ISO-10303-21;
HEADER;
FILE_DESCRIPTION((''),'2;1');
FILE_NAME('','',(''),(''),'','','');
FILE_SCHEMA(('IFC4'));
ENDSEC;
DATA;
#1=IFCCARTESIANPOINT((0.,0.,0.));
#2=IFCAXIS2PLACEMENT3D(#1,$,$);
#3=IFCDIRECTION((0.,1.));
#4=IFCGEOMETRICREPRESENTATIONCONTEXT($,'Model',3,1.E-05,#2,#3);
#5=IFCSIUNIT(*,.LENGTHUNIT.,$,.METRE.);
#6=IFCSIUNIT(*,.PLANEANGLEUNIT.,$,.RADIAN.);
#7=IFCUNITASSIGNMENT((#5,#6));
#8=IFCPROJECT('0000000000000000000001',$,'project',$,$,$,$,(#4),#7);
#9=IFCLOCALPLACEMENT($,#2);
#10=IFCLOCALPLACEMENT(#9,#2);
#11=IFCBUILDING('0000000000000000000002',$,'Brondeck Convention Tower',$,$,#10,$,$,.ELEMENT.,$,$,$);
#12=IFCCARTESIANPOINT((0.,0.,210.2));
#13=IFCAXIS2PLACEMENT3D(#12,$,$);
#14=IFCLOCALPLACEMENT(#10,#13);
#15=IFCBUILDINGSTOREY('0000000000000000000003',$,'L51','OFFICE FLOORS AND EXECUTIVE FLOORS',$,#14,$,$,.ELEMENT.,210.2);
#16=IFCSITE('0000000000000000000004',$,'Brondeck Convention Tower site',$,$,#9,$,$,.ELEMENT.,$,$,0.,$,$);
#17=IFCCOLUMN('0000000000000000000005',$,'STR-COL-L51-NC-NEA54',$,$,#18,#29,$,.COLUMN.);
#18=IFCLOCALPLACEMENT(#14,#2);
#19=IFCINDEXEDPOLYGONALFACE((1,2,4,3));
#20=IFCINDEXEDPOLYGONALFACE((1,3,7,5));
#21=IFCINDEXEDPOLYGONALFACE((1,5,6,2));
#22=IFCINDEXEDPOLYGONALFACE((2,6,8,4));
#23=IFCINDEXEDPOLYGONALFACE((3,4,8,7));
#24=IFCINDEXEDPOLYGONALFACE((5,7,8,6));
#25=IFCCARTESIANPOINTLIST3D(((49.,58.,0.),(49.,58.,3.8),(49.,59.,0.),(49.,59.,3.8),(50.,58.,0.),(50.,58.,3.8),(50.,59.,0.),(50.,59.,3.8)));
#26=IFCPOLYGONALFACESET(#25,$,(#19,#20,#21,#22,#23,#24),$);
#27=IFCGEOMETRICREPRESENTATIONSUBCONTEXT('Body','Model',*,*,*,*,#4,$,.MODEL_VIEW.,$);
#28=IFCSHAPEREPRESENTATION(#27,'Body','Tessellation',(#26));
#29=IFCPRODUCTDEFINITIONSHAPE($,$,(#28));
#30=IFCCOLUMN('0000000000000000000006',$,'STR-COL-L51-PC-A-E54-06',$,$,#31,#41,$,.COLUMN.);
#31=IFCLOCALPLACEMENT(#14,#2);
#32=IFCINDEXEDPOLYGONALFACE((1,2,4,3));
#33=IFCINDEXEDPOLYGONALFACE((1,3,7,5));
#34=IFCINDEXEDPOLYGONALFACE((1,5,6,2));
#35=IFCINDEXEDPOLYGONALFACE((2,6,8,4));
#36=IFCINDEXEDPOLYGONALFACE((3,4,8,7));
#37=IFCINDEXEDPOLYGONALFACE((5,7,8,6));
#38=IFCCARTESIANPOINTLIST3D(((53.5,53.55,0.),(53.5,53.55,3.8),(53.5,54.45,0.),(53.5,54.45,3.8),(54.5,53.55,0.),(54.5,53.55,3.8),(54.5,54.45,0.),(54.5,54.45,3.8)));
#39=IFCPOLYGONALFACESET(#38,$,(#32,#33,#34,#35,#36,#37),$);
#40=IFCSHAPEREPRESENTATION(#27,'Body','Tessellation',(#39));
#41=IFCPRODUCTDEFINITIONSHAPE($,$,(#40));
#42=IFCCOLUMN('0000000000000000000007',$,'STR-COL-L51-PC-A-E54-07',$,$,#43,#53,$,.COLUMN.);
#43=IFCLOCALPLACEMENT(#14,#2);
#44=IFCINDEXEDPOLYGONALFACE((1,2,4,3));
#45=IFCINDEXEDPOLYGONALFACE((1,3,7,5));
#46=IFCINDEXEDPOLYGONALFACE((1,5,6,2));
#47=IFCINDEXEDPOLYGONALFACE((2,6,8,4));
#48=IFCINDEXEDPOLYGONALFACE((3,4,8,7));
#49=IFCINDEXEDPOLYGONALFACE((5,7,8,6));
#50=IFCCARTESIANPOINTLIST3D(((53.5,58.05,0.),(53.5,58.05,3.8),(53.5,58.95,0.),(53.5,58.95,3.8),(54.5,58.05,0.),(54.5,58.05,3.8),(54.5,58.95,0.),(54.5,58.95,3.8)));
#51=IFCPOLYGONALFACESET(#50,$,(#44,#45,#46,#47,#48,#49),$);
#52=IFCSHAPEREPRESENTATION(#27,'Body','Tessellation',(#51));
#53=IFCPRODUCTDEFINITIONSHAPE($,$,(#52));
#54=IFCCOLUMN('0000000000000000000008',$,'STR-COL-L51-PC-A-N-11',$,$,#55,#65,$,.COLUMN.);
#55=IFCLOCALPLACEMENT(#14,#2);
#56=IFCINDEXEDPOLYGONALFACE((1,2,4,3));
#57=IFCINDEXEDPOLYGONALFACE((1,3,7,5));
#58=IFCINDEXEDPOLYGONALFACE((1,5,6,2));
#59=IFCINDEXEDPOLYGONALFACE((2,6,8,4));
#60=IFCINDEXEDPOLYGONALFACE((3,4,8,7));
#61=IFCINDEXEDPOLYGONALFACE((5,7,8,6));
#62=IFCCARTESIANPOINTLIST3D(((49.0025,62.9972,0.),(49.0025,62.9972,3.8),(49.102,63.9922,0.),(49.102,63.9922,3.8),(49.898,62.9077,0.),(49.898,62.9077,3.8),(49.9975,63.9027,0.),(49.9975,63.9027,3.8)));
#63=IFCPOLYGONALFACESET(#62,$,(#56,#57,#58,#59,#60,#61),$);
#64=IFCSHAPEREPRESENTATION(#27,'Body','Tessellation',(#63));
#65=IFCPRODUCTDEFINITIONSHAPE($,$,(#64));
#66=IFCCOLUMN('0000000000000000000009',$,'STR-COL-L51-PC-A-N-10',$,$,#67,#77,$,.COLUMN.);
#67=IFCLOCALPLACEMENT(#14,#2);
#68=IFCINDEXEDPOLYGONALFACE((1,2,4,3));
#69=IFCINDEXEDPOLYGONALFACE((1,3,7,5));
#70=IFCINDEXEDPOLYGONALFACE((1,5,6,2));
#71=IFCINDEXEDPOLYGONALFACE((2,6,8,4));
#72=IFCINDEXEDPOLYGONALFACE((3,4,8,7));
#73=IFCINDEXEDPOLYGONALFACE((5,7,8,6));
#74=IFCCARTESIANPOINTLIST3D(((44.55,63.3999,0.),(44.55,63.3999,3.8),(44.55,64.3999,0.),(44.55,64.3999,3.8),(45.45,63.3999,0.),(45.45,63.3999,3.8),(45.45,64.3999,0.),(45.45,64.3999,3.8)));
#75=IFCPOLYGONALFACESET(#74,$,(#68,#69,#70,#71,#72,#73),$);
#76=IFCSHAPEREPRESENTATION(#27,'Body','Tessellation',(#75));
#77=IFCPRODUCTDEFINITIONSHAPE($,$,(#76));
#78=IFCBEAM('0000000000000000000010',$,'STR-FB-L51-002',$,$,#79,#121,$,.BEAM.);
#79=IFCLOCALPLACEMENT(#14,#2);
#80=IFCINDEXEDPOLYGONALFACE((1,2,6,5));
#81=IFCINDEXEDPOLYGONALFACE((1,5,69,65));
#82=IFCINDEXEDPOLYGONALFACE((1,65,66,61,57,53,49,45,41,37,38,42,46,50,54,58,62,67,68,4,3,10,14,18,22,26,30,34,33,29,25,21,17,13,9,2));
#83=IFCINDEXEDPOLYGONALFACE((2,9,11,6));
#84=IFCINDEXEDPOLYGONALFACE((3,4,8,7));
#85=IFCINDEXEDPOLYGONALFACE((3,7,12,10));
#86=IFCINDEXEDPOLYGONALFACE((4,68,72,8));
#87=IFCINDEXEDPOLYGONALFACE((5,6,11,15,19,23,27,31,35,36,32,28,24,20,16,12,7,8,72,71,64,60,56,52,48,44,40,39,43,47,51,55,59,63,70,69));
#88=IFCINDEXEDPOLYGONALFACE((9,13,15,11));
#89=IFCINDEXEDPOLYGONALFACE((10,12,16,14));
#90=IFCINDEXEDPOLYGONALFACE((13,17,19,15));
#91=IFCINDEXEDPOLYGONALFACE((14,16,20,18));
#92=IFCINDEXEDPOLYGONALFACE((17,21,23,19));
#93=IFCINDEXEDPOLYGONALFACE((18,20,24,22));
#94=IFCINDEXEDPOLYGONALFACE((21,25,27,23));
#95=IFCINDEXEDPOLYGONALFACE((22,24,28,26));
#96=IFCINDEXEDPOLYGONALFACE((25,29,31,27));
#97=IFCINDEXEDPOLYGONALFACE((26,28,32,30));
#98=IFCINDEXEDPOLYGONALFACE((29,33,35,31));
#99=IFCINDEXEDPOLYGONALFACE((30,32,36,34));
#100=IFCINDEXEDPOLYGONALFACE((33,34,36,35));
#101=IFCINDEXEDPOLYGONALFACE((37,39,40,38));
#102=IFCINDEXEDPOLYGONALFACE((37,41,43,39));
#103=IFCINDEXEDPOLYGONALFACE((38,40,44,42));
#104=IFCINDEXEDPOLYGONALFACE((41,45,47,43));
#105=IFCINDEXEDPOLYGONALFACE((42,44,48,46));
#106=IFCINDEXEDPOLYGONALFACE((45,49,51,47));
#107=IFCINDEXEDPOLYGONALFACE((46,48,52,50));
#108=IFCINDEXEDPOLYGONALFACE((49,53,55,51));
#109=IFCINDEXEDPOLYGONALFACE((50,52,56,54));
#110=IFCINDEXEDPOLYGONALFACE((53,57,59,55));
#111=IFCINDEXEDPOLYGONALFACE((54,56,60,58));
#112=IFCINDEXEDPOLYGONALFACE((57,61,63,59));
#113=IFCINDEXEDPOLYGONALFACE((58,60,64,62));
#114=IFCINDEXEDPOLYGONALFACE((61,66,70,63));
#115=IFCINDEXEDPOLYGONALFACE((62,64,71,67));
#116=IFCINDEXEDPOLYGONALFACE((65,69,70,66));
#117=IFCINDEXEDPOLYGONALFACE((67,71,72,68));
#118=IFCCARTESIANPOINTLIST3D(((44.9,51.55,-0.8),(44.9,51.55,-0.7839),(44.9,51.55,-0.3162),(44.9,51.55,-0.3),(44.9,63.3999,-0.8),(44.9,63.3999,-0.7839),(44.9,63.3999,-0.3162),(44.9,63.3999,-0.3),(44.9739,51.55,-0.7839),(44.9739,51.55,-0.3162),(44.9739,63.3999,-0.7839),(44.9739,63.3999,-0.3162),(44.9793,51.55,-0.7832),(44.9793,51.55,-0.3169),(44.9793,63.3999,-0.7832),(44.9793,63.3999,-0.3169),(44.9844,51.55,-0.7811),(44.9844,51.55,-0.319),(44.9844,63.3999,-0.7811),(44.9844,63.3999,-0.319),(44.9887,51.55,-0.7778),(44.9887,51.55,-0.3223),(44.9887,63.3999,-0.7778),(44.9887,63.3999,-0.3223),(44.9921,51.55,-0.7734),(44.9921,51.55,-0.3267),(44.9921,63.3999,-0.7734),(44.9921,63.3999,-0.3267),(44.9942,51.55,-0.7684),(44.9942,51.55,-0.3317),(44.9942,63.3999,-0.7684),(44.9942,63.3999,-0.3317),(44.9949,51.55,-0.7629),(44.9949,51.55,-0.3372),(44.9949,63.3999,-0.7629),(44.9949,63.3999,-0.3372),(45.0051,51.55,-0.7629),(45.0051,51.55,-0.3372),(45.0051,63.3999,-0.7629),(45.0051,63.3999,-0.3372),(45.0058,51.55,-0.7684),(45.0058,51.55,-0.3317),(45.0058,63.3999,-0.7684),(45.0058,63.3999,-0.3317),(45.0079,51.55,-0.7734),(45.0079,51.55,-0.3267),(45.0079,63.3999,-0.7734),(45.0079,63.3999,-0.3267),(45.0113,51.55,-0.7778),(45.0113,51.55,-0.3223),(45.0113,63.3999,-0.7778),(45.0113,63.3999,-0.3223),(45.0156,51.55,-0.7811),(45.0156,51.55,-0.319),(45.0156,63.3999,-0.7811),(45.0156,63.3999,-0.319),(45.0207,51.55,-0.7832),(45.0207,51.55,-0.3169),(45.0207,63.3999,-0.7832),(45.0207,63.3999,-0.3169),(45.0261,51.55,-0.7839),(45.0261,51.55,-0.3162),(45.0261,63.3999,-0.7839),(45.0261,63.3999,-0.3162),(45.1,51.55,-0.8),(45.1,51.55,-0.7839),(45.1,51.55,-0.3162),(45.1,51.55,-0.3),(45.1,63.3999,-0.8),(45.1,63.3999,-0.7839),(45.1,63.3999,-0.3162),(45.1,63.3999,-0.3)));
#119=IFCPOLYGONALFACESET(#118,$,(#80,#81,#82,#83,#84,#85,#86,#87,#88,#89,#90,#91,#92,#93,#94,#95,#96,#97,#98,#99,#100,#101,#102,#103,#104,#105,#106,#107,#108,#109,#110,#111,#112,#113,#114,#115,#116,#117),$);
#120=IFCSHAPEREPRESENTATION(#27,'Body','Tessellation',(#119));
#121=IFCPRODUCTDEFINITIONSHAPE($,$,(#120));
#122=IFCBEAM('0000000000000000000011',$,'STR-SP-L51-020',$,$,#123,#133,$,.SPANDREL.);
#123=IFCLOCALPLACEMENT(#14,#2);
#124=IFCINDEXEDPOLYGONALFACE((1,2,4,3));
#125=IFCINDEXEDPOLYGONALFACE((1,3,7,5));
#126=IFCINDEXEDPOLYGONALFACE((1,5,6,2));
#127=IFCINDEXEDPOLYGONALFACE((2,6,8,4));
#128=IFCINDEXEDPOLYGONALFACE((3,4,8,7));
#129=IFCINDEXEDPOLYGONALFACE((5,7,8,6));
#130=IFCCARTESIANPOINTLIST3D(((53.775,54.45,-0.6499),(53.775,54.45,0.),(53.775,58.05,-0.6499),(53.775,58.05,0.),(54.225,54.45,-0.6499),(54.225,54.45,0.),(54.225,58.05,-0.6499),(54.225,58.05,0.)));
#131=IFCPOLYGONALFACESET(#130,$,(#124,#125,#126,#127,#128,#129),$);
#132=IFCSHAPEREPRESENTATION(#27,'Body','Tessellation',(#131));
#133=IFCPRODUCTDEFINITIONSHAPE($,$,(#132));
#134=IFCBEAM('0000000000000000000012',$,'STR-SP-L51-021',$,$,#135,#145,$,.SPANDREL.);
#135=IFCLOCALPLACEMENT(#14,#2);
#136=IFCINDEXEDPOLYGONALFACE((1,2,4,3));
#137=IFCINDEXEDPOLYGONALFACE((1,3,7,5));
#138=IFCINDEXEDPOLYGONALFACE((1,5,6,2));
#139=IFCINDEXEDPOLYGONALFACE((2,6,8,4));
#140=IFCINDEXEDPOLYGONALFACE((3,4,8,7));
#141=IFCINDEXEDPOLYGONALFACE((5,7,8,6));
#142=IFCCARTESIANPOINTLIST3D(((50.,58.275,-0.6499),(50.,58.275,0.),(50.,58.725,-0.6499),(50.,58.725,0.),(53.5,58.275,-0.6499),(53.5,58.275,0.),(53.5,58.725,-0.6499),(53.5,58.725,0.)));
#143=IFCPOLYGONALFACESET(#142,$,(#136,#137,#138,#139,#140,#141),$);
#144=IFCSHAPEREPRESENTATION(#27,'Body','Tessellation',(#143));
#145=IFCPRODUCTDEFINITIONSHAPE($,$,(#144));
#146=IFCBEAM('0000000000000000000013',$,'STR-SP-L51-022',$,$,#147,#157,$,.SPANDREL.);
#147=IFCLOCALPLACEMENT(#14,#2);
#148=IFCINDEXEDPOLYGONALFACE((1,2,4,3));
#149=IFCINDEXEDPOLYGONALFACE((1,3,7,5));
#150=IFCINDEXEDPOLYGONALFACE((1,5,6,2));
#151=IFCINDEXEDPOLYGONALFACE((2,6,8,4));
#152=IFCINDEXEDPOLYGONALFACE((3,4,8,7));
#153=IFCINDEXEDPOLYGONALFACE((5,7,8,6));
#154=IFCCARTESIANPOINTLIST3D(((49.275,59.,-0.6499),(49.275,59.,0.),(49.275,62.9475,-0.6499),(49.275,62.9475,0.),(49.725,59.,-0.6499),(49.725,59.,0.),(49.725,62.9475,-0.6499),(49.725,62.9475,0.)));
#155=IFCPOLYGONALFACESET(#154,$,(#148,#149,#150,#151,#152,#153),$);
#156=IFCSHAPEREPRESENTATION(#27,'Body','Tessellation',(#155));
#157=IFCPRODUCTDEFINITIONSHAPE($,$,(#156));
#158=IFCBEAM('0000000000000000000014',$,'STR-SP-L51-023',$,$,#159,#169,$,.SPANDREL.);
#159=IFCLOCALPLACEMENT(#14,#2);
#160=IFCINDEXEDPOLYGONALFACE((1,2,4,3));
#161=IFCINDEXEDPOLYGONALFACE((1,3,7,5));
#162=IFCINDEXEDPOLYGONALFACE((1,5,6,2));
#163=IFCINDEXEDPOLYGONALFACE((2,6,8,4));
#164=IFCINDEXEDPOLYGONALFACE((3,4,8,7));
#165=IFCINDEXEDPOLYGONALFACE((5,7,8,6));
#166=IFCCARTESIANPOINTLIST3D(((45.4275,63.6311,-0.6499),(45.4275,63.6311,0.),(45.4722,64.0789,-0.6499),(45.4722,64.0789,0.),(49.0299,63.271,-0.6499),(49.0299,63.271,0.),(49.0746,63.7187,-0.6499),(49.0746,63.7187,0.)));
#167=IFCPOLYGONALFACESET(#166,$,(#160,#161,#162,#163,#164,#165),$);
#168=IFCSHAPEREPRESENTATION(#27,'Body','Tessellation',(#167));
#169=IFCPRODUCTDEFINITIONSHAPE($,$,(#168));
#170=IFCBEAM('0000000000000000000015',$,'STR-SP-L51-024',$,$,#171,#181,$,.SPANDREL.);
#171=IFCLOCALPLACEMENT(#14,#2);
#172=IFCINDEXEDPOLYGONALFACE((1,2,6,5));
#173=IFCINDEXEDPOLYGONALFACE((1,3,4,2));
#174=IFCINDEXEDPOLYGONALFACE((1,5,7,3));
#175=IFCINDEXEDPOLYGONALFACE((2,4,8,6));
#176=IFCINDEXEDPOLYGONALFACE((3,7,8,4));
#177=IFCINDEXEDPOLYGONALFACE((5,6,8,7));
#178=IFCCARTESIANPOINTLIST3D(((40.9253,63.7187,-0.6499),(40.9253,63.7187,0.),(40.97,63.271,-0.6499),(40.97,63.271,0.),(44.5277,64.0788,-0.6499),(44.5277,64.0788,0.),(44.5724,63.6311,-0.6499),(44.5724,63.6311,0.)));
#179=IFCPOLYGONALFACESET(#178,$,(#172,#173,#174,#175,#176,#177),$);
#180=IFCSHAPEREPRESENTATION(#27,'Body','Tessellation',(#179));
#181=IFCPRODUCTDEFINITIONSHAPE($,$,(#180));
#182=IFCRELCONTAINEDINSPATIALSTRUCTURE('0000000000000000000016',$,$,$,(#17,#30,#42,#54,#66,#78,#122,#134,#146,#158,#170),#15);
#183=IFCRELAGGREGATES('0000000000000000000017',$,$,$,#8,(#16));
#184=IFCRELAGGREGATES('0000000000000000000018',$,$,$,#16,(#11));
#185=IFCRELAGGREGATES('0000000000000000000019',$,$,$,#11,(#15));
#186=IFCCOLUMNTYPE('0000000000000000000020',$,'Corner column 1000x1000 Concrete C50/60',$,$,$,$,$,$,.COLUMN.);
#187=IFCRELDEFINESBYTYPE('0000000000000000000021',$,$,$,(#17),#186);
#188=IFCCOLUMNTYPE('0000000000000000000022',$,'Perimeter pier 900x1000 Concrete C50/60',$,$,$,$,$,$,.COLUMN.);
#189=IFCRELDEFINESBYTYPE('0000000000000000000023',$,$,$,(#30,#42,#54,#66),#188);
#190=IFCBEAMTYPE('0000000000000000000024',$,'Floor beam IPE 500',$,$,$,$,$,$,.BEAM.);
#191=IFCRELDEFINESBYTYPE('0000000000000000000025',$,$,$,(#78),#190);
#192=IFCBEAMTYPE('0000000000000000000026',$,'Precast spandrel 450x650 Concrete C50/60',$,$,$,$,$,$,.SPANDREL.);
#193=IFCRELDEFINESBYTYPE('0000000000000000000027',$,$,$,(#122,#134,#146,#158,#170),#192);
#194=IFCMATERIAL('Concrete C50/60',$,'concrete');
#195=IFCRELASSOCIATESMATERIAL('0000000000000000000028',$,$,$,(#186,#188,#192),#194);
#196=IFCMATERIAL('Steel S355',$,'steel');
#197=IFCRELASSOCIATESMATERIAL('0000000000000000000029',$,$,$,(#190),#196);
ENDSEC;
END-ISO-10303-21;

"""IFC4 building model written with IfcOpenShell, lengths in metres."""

from ifc_helpers import new_model, si_unit, direction, frame, origin, origin_2d, place, context, subcontext, project, spatial, rectangle, i_section, extrude, material, material_profile, profile_set, type_object, element, save


model = new_model("IFC4")

# Units and contexts
model_context = context("Model", 3, precision=1e-05, world=origin(), true_north=direction((0.0, 1.0)))
body_context = subcontext(model_context, "Body", "Model", "MODEL_VIEW")
ifc_project = project(units=[si_unit("LENGTHUNIT", "METRE"), si_unit("PLANEANGLEUNIT", "RADIAN")], contexts=[model_context])

# Site, building, storey
site_placement = place(None, origin())
site = spatial("IfcSite", under=ifc_project, at=site_placement, Name="Brondeck Convention Tower site", CompositionType="ELEMENT", RefElevation=0.0)
building_placement = place(site_placement, origin())
building = spatial("IfcBuilding", under=site, at=building_placement, Name="Brondeck Convention Tower", CompositionType="ELEMENT")
storey_placement = place(building_placement, frame((0.0, 0.0, 210.2)))
storey = spatial("IfcBuildingStorey", under=building, at=storey_placement, Name="L51", Description="OFFICE FLOORS AND EXECUTIVE FLOORS", CompositionType="ELEMENT", Elevation=210.2)

# Columns
ifc_material_1 = material(Name="Concrete C50/60", Category="concrete")
ifc_material_profile_1 = material_profile(ifc_material_1, rectangle(XDim=1.0, YDim=1.0, at=origin_2d()), Name="Corner column 1000x1000 Concrete C50/60")
ifc_profile_set_1 = profile_set([ifc_material_profile_1], Name="Concrete C50/60")
column_type_1 = type_object("IfcColumnType", Name="Corner column 1000x1000 Concrete C50/60", PredefinedType="COLUMN", material=ifc_profile_set_1)
column_placement = place(storey_placement, frame((49.5, 58.5, 0.0), z_axis=(0.0, 0.0, 1.0), x_axis=(1.0, 0.0, 0.0)))
element("IfcColumn", 1, at=column_placement, inside=storey, type_object=column_type_1, Name="STR-COL-L51-NC-NEA54", PredefinedType="COLUMN", context=body_context, shape_type="SweptSolid", body=[
    extrude(rectangle(XDim=1.0, YDim=1.0, at=origin_2d()), origin(), (0.0, 0.0, 1.0), 3.8),
])
ifc_material_profile_2 = material_profile(ifc_material_1, rectangle(XDim=0.8999, YDim=1.0, at=origin_2d()), Name="Perimeter pier 900x1000 Concrete C50/60")
ifc_profile_set_2 = profile_set([ifc_material_profile_2], Name="Concrete C50/60")
column_type_2 = type_object("IfcColumnType", Name="Perimeter pier 900x1000 Concrete C50/60", PredefinedType="COLUMN", material=ifc_profile_set_2)
for number, where, z_axis, x_axis, name in (
    (2, (54.0, 54.0, 0.0), (0.0, 0.0, 1.0), (0.0, 1.0, 0.0), "STR-COL-L51-PC-A-E54-06"),
    (3, (54.0, 58.5, 0.0), (0.0, 0.0, 1.0), (0.0, 1.0, 0.0), "STR-COL-L51-PC-A-E54-07"),
    (4, (49.5, 63.45, 0.0), (0.0, 0.0, 1.0), (-0.995037, 0.099504, 0.0), "STR-COL-L51-PC-A-N-11"),
    (5, (45.0, 63.8999, 0.0), (0.0, 0.0, 1.0), (-1.0, 0.0, 0.0), "STR-COL-L51-PC-A-N-10"),
):
    element("IfcColumn", number, at=place(storey_placement, frame(where, z_axis=z_axis, x_axis=x_axis)), inside=storey, type_object=column_type_2, Name=name, PredefinedType="COLUMN", context=body_context, shape_type="SweptSolid", body=[
        extrude(rectangle(XDim=0.8999, YDim=1.0, at=origin_2d()), origin(), (0.0, 0.0, 1.0), 3.8),
    ])

# Beams
ifc_material_2 = material(Name="Steel S355", Category="steel")
ifc_material_profile_3 = material_profile(ifc_material_2, i_section(OverallWidth=0.2, OverallDepth=0.5, WebThickness=0.0103, FlangeThickness=0.0161, FilletRadius=0.021, at=origin_2d()), Name="IPE 500")
ifc_profile_set_3 = profile_set([ifc_material_profile_3], Name="Steel S355")
beam_type_1 = type_object("IfcBeamType", Name="Floor beam IPE 500", PredefinedType="BEAM", material=ifc_profile_set_3)
beam_1_placement = place(storey_placement, frame((45.0, 51.55, -0.55), z_axis=(0.0, 1.0, 0.0), x_axis=(-1.0, 0.0, 0.0)))
element("IfcBeam", 6, at=beam_1_placement, inside=storey, type_object=beam_type_1, Name="STR-FB-L51-002", PredefinedType="BEAM", context=body_context, shape_type="SweptSolid", body=[
    extrude(i_section(OverallWidth=0.2, OverallDepth=0.5, WebThickness=0.0103, FlangeThickness=0.0161, FilletRadius=0.021, at=origin_2d()), origin(), (0.0, 0.0, 1.0), 11.8499),
])
ifc_material_profile_4 = material_profile(ifc_material_1, rectangle(XDim=0.45, YDim=0.6499, at=origin_2d()), Name="Precast spandrel 450x650 Concrete C50/60")
ifc_profile_set_4 = profile_set([ifc_material_profile_4], Name="Concrete C50/60")
beam_type_2 = type_object("IfcBeamType", Name="Precast spandrel 450x650 Concrete C50/60", PredefinedType="SPANDREL", material=ifc_profile_set_4)
beam_2_placement = place(storey_placement, frame((54.0, 54.45, -0.325), z_axis=(0.0, 1.0, 0.0), x_axis=(-1.0, 0.0, 0.0)))
element("IfcBeam", 7, at=beam_2_placement, inside=storey, type_object=beam_type_2, Name="STR-SP-L51-020", PredefinedType="SPANDREL", context=body_context, shape_type="SweptSolid", body=[
    extrude(rectangle(XDim=0.45, YDim=0.6499, at=origin_2d()), origin(), (0.0, 0.0, 1.0), 3.6001),
])
beam_3_placement = place(storey_placement, frame((53.5, 58.5, -0.325), z_axis=(-1.0, 0.0, 0.0), x_axis=(0.0, -1.0, 0.0)))
element("IfcBeam", 8, at=beam_3_placement, inside=storey, type_object=beam_type_2, Name="STR-SP-L51-021", PredefinedType="SPANDREL", context=body_context, shape_type="SweptSolid", body=[
    extrude(rectangle(XDim=0.45, YDim=0.6499, at=origin_2d()), origin(), (0.0, 0.0, 1.0), 3.5),
])
beam_4_placement = place(storey_placement, frame((49.5, 59.0, -0.325), z_axis=(0.0, 1.0, 0.0), x_axis=(-1.0, 0.0, 0.0)))
element("IfcBeam", 9, at=beam_4_placement, inside=storey, type_object=beam_type_2, Name="STR-SP-L51-022", PredefinedType="SPANDREL", context=body_context, shape_type="SweptSolid", body=[
    extrude(rectangle(XDim=0.45, YDim=0.6499, at=origin_2d()), origin(), (0.0, 0.0, 1.0), 3.9475),
])
for number, where, z_axis, x_axis, name in (
    (10, (49.0522, 63.4949, -0.325), (-0.995041, 0.09947, 0.0), (-0.09947, -0.995041, 0.0), "STR-SP-L51-023"),
    (11, (44.55, 63.855, -0.325), (-0.995041, -0.09947, 0.0), (0.09947, -0.995041, 0.0), "STR-SP-L51-024"),
):
    element("IfcBeam", number, at=place(storey_placement, frame(where, z_axis=z_axis, x_axis=x_axis)), inside=storey, type_object=beam_type_2, Name=name, PredefinedType="SPANDREL", context=body_context, shape_type="SweptSolid", body=[
        extrude(rectangle(XDim=0.45, YDim=0.6499, at=origin_2d()), origin(), (0.0, 0.0, 1.0), 3.6204),
    ])

save(model, "model.ifc")
